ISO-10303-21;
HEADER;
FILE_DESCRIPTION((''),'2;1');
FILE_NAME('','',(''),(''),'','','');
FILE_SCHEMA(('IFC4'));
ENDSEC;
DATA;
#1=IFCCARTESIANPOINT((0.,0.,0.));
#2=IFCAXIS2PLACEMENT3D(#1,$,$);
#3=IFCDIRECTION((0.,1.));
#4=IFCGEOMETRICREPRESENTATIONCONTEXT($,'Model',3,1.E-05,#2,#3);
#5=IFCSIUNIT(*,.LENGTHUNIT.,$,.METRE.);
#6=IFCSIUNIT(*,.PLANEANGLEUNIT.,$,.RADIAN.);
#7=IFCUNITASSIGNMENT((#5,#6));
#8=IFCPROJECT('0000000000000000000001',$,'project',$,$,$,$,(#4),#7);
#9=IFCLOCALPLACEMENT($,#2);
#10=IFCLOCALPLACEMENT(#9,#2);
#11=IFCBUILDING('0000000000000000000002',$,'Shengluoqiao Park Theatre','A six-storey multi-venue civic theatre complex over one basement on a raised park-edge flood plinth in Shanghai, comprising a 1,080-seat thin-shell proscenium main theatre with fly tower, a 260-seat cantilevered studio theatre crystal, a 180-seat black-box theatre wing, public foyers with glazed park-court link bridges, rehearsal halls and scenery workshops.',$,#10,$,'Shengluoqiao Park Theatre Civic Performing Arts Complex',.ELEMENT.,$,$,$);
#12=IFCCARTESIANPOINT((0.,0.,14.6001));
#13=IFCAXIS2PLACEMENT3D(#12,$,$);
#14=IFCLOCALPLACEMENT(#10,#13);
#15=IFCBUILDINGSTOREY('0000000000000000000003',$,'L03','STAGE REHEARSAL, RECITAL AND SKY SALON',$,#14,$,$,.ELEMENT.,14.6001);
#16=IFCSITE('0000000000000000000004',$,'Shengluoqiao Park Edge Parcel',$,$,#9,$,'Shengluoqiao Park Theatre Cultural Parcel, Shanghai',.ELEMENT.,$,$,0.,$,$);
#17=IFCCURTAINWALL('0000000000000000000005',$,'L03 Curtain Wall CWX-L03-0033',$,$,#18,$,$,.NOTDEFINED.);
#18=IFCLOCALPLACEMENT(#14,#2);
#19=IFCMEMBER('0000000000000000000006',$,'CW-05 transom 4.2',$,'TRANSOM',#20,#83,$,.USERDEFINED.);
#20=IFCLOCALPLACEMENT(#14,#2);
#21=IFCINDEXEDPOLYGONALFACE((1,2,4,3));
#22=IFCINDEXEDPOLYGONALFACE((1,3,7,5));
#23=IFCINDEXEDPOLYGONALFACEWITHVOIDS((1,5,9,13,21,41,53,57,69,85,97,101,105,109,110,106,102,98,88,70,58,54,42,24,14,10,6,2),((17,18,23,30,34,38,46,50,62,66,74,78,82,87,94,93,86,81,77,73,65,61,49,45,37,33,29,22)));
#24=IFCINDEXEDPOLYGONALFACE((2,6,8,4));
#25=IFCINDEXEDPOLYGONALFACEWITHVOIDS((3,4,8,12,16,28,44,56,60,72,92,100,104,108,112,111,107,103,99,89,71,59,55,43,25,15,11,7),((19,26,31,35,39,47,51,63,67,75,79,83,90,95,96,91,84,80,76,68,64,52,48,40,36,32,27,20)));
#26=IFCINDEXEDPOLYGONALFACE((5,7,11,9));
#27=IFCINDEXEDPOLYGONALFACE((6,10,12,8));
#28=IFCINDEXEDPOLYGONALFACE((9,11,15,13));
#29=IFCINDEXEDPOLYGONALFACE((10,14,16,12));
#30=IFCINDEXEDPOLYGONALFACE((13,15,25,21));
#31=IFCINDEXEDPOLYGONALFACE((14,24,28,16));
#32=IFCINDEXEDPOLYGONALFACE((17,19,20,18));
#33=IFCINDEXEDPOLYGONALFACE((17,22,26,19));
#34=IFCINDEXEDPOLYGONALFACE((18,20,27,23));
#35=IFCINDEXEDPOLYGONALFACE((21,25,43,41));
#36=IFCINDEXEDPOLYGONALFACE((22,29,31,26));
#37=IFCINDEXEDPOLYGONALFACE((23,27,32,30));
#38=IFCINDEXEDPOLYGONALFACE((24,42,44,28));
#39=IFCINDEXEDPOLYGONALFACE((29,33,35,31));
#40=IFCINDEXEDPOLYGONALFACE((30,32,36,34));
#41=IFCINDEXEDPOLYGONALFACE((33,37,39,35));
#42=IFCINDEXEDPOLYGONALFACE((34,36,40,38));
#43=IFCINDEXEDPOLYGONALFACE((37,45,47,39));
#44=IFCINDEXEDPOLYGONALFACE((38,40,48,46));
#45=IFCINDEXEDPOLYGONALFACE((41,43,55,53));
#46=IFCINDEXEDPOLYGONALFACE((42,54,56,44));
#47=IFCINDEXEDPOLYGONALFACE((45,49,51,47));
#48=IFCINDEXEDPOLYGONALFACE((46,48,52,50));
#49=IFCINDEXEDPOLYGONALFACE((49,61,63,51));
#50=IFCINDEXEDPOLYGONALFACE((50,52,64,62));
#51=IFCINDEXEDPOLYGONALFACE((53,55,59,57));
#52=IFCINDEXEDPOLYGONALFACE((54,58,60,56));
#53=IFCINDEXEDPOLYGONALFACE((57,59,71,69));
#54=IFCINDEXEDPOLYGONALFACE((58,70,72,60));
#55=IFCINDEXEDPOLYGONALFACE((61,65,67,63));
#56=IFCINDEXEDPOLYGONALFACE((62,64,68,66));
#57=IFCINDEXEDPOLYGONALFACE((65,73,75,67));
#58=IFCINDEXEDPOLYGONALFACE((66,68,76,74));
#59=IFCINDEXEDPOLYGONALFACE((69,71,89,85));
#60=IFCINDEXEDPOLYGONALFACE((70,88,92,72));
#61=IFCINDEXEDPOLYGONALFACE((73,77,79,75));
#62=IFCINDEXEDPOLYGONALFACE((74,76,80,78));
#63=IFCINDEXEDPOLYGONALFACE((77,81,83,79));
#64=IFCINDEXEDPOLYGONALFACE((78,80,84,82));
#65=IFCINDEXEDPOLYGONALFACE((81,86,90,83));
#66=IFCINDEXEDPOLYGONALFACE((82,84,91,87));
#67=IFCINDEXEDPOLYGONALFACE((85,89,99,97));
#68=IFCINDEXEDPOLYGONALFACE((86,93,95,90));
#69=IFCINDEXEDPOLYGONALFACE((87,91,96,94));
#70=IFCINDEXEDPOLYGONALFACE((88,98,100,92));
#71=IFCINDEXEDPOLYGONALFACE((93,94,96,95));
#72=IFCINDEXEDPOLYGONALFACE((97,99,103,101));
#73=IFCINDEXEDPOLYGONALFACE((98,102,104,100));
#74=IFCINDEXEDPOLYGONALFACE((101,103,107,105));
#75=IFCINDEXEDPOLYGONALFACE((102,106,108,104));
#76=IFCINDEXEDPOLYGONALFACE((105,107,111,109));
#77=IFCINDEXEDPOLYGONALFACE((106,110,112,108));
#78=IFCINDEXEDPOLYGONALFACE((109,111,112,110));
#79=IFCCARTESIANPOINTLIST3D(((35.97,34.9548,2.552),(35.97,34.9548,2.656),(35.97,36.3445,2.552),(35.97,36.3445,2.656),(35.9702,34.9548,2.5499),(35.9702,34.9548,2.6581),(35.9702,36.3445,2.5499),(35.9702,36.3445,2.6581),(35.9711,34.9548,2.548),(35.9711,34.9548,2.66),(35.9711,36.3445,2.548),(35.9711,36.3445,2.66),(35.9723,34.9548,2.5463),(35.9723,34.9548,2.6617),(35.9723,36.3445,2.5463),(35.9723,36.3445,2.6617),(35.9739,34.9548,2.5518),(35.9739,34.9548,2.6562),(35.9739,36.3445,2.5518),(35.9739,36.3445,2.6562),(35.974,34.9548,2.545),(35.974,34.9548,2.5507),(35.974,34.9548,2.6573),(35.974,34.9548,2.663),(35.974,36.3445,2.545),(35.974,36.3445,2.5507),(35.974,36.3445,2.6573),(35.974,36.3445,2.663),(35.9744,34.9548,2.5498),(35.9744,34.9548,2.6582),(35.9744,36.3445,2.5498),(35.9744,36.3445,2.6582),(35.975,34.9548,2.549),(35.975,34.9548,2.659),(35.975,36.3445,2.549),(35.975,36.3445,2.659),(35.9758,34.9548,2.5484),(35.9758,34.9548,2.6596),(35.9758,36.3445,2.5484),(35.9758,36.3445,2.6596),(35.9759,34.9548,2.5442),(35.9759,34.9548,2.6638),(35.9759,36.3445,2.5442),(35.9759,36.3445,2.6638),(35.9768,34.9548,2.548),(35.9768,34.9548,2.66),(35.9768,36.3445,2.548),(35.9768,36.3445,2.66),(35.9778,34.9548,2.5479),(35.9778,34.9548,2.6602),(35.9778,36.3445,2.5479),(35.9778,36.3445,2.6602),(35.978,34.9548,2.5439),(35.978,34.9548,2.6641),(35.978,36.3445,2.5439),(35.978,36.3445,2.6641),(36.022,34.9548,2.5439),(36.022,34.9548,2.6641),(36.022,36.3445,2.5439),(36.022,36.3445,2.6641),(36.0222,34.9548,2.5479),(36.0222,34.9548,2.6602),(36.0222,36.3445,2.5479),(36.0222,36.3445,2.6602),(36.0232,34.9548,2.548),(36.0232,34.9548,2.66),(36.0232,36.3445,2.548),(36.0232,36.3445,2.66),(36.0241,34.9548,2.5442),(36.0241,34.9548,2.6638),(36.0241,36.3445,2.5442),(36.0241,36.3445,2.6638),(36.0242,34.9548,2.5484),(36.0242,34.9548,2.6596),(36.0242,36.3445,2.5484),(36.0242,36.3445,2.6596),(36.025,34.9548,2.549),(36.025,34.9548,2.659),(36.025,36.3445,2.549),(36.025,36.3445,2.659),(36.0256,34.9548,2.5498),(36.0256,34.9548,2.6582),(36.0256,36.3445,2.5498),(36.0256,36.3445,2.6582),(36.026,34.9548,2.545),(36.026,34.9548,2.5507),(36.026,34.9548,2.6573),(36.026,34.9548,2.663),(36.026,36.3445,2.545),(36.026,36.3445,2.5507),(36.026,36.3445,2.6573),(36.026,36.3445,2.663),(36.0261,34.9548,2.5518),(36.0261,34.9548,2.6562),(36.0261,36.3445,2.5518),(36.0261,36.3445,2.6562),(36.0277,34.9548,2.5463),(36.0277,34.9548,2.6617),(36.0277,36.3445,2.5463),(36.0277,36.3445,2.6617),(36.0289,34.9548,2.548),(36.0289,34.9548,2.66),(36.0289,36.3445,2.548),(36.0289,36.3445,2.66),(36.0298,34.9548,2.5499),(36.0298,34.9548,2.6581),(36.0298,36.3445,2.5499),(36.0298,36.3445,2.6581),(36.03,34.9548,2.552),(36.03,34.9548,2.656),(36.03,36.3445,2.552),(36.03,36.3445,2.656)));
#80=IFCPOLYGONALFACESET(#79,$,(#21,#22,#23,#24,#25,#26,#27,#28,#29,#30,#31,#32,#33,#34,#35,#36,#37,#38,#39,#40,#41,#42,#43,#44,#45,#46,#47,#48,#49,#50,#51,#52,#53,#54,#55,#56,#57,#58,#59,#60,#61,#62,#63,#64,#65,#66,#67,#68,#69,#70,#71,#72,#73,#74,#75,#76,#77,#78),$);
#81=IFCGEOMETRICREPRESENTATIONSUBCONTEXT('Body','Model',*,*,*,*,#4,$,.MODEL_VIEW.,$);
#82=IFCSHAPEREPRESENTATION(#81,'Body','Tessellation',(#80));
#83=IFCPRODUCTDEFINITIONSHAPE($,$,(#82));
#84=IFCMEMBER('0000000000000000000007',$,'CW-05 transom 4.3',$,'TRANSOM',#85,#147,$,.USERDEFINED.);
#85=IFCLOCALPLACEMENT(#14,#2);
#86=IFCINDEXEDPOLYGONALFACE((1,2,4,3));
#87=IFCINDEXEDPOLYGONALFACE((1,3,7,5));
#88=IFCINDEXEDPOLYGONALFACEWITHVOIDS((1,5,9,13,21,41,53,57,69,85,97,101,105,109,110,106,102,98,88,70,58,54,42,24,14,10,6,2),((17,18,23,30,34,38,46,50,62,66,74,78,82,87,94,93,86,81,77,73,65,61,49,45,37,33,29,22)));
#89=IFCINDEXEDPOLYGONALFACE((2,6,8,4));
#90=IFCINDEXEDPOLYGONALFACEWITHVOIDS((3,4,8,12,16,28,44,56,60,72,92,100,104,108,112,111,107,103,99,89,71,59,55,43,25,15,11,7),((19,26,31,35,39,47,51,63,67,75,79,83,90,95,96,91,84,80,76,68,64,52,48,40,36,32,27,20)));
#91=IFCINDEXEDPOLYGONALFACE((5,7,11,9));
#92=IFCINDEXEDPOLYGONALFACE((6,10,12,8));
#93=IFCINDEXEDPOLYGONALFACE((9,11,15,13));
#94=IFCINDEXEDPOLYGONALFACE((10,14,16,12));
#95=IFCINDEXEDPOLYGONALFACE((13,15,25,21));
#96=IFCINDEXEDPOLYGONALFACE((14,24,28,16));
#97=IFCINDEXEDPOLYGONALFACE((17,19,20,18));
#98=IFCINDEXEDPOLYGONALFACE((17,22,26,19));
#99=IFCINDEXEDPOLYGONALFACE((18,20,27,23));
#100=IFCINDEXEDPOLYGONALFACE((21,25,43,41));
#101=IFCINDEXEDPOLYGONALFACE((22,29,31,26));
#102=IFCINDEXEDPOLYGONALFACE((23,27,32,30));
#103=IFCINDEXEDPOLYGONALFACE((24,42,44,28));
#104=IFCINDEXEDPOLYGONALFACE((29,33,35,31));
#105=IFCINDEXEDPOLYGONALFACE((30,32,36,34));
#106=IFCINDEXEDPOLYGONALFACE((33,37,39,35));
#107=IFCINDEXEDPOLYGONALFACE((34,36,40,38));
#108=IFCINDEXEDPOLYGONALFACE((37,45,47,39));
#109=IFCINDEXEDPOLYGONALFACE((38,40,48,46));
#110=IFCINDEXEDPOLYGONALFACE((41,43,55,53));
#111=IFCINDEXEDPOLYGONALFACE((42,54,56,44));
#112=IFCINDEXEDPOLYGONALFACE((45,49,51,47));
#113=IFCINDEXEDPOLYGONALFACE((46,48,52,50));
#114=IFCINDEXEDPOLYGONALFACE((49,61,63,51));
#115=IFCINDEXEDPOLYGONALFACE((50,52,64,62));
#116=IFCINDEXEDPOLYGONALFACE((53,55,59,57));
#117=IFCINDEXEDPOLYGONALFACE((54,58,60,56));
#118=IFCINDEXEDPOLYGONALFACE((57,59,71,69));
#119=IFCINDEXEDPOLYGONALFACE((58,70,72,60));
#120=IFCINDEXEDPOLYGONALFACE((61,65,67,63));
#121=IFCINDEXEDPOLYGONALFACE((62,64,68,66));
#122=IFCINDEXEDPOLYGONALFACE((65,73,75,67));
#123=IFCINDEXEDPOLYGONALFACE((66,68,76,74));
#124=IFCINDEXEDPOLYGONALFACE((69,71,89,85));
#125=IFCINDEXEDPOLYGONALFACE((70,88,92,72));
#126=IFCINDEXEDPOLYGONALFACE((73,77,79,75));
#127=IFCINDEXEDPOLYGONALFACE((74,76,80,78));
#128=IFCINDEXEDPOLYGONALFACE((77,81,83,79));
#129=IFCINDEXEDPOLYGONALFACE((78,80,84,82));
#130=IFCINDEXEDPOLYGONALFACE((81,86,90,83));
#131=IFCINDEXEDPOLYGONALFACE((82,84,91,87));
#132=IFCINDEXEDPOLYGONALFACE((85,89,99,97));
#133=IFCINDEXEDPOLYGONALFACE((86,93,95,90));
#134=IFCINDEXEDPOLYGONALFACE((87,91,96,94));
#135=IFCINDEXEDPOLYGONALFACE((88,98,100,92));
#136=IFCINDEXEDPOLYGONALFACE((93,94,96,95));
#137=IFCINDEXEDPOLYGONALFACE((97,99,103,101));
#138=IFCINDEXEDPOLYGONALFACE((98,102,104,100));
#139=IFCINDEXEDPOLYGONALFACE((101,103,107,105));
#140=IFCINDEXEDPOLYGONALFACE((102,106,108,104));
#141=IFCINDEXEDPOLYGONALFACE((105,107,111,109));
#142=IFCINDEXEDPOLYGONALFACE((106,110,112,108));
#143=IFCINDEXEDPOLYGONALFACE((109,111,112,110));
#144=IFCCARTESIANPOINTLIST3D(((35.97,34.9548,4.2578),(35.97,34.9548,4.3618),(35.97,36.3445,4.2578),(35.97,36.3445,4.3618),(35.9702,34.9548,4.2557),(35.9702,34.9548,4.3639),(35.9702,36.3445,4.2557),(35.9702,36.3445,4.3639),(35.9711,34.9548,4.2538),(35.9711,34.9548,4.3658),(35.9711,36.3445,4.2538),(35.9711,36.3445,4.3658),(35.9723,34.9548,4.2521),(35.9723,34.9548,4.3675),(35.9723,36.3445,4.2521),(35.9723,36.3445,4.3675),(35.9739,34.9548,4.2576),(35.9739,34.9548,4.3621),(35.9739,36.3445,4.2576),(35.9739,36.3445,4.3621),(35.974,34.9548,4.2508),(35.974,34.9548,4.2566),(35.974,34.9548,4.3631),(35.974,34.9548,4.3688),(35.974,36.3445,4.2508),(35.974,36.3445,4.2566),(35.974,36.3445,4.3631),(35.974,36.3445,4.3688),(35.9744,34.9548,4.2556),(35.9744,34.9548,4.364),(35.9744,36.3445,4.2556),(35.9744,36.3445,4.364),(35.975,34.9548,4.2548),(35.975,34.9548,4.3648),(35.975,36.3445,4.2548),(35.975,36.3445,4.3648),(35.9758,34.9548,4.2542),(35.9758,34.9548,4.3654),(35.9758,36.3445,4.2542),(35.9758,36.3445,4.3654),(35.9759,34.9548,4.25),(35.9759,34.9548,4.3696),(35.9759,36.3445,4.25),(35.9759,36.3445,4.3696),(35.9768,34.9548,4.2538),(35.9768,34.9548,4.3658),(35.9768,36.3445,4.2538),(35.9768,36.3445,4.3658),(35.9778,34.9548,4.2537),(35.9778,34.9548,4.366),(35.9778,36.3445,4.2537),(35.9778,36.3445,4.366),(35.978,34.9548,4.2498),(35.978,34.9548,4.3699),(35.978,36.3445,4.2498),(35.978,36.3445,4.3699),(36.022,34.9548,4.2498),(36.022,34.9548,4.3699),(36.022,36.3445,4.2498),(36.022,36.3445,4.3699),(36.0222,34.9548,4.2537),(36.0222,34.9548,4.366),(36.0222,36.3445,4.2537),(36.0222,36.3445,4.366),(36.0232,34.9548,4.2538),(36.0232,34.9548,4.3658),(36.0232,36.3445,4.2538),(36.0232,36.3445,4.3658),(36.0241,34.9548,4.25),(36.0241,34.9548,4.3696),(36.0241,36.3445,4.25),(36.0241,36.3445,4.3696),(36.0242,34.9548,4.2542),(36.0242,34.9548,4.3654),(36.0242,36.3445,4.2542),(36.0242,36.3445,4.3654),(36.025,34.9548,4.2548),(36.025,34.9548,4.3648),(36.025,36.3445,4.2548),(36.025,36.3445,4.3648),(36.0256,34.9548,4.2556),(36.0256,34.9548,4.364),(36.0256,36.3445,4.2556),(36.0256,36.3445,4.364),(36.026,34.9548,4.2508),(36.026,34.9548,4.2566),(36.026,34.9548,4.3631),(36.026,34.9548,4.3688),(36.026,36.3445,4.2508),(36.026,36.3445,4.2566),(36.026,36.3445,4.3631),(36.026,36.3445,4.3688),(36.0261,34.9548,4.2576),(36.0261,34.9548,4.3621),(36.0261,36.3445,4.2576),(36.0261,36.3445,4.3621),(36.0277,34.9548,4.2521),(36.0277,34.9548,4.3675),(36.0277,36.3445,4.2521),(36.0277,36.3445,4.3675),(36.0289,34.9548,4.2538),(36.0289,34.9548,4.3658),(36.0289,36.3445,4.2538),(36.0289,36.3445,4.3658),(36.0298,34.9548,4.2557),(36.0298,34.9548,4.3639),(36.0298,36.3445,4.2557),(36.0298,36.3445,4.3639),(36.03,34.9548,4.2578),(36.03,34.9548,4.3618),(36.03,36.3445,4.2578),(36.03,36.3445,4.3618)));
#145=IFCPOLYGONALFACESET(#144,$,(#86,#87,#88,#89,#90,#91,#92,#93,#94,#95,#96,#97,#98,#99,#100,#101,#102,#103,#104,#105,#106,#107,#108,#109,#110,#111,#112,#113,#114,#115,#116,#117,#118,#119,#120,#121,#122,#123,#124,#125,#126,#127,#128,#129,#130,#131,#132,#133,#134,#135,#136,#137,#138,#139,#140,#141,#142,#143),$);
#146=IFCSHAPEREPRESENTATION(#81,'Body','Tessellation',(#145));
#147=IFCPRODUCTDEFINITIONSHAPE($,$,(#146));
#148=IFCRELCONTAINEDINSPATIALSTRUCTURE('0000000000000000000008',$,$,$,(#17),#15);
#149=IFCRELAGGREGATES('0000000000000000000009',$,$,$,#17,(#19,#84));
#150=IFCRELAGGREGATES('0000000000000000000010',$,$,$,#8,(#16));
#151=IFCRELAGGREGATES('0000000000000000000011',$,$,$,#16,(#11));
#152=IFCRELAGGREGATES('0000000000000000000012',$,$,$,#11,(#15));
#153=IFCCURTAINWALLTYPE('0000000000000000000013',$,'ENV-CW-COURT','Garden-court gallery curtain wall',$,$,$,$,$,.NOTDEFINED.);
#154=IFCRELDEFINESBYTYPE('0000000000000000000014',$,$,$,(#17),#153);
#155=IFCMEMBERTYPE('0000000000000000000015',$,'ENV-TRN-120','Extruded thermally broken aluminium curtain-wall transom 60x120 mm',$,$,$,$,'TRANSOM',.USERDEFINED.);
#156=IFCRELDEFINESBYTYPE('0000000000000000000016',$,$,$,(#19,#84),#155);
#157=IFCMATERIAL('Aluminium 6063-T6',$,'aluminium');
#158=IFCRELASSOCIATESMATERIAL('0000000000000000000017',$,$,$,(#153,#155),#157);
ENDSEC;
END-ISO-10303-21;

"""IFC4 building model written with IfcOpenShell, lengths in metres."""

from ifc_helpers import new_model, si_unit, direction, frame, origin, origin_2d, place, context, subcontext, project, spatial, hollow_rectangle, extrude, material, material_profile, profile_set, type_object, element, aggregate, save


model = new_model("IFC4")

# Units and contexts
model_context = context("Model", 3, precision=1e-05, world=origin(), true_north=direction((0.0, 1.0)))
body_context = subcontext(model_context, "Body", "Model", "MODEL_VIEW")
ifc_project = project(units=[si_unit("LENGTHUNIT", "METRE"), si_unit("PLANEANGLEUNIT", "RADIAN")], contexts=[model_context])

# Site, building, storey
site_placement = place(None, origin())
site = spatial("IfcSite", under=ifc_project, at=site_placement, Name="Shengluoqiao Park Edge Parcel", LongName="Shengluoqiao Park Theatre Cultural Parcel, Shanghai", CompositionType="ELEMENT", RefElevation=0.0)
building_placement = place(site_placement, origin())
building = spatial("IfcBuilding", under=site, at=building_placement, Name="Shengluoqiao Park Theatre", Description="A six-storey multi-venue civic theatre complex over one basement on a raised park-edge flood plinth in Shanghai, comprising a 1,080-seat thin-shell proscenium main theatre with fly tower, a 260-seat cantilevered studio theatre crystal, a 180-seat black-box theatre wing, public foyers with glazed park-court link bridges, rehearsal halls and scenery workshops.", LongName="Shengluoqiao Park Theatre Civic Performing Arts Complex", CompositionType="ELEMENT")
storey_placement = place(building_placement, frame((0.0, 0.0, 14.6001)))
storey = spatial("IfcBuildingStorey", under=building, at=storey_placement, Name="L03", Description="STAGE REHEARSAL, RECITAL AND SKY SALON", CompositionType="ELEMENT", Elevation=14.6001)

# Curtain wall
ifc_material_1 = material(Name="Aluminium 6063-T6", Category="aluminium")
curtain_wall_type = type_object("IfcCurtainWallType", Name="ENV-CW-COURT", Description="Garden-court gallery curtain wall", PredefinedType="NOTDEFINED", material=ifc_material_1)
curtain_wall_1_placement = place(storey_placement, origin())
curtain_wall_1 = element("IfcCurtainWall", 1, at=curtain_wall_1_placement, inside=storey, type_object=curtain_wall_type, Name="L03 Curtain Wall CWX-L03-0033", PredefinedType="NOTDEFINED")

# Members
ifc_material_profile_1 = material_profile(ifc_material_1, hollow_rectangle(XDim=0.0601, YDim=0.1201, WallThickness=0.0039, InnerFilletRadius=0.0039, OuterFilletRadius=0.0081, at=origin_2d()), Name="ALU TRANSOM 120x60x4")
ifc_profile_set_1 = profile_set([ifc_material_profile_1], Name="Aluminium 6063-T6")
member_type_1 = type_object("IfcMemberType", Name="ENV-TRN-120", Description="Extruded thermally broken aluminium curtain-wall transom 60x120 mm", ElementType="TRANSOM", PredefinedType="USERDEFINED", material=ifc_profile_set_1)
member_1_placement = place(storey_placement, frame((36.0, 34.9548, 2.604), z_axis=(0.0, 1.0, 0.0), x_axis=(-1.0, 0.0, 0.0)))
member_1 = element("IfcMember", 2, at=member_1_placement, type_object=member_type_1, Name="CW-05 transom 4.2", ObjectType="TRANSOM", PredefinedType="USERDEFINED", context=body_context, shape_type="SweptSolid", body=[
    extrude(hollow_rectangle(XDim=0.0601, YDim=0.1201, WallThickness=0.0039, InnerFilletRadius=0.0039, OuterFilletRadius=0.0081, at=origin_2d()), origin(), (0.0, 0.0, 1.0), 1.3896),
])
member_2_placement = place(storey_placement, frame((36.0, 34.9548, 4.3098), z_axis=(0.0, 1.0, 0.0), x_axis=(-1.0, 0.0, 0.0)))
member_2 = element("IfcMember", 3, at=member_2_placement, type_object=member_type_1, Name="CW-05 transom 4.3", ObjectType="TRANSOM", PredefinedType="USERDEFINED", context=body_context, shape_type="SweptSolid", body=[
    extrude(hollow_rectangle(XDim=0.0601, YDim=0.1201, WallThickness=0.0039, InnerFilletRadius=0.0039, OuterFilletRadius=0.0081, at=origin_2d()), origin(), (0.0, 0.0, 1.0), 1.3896),
])

aggregate(curtain_wall_1, [member_1, member_2])

save(model, "model.ifc")
